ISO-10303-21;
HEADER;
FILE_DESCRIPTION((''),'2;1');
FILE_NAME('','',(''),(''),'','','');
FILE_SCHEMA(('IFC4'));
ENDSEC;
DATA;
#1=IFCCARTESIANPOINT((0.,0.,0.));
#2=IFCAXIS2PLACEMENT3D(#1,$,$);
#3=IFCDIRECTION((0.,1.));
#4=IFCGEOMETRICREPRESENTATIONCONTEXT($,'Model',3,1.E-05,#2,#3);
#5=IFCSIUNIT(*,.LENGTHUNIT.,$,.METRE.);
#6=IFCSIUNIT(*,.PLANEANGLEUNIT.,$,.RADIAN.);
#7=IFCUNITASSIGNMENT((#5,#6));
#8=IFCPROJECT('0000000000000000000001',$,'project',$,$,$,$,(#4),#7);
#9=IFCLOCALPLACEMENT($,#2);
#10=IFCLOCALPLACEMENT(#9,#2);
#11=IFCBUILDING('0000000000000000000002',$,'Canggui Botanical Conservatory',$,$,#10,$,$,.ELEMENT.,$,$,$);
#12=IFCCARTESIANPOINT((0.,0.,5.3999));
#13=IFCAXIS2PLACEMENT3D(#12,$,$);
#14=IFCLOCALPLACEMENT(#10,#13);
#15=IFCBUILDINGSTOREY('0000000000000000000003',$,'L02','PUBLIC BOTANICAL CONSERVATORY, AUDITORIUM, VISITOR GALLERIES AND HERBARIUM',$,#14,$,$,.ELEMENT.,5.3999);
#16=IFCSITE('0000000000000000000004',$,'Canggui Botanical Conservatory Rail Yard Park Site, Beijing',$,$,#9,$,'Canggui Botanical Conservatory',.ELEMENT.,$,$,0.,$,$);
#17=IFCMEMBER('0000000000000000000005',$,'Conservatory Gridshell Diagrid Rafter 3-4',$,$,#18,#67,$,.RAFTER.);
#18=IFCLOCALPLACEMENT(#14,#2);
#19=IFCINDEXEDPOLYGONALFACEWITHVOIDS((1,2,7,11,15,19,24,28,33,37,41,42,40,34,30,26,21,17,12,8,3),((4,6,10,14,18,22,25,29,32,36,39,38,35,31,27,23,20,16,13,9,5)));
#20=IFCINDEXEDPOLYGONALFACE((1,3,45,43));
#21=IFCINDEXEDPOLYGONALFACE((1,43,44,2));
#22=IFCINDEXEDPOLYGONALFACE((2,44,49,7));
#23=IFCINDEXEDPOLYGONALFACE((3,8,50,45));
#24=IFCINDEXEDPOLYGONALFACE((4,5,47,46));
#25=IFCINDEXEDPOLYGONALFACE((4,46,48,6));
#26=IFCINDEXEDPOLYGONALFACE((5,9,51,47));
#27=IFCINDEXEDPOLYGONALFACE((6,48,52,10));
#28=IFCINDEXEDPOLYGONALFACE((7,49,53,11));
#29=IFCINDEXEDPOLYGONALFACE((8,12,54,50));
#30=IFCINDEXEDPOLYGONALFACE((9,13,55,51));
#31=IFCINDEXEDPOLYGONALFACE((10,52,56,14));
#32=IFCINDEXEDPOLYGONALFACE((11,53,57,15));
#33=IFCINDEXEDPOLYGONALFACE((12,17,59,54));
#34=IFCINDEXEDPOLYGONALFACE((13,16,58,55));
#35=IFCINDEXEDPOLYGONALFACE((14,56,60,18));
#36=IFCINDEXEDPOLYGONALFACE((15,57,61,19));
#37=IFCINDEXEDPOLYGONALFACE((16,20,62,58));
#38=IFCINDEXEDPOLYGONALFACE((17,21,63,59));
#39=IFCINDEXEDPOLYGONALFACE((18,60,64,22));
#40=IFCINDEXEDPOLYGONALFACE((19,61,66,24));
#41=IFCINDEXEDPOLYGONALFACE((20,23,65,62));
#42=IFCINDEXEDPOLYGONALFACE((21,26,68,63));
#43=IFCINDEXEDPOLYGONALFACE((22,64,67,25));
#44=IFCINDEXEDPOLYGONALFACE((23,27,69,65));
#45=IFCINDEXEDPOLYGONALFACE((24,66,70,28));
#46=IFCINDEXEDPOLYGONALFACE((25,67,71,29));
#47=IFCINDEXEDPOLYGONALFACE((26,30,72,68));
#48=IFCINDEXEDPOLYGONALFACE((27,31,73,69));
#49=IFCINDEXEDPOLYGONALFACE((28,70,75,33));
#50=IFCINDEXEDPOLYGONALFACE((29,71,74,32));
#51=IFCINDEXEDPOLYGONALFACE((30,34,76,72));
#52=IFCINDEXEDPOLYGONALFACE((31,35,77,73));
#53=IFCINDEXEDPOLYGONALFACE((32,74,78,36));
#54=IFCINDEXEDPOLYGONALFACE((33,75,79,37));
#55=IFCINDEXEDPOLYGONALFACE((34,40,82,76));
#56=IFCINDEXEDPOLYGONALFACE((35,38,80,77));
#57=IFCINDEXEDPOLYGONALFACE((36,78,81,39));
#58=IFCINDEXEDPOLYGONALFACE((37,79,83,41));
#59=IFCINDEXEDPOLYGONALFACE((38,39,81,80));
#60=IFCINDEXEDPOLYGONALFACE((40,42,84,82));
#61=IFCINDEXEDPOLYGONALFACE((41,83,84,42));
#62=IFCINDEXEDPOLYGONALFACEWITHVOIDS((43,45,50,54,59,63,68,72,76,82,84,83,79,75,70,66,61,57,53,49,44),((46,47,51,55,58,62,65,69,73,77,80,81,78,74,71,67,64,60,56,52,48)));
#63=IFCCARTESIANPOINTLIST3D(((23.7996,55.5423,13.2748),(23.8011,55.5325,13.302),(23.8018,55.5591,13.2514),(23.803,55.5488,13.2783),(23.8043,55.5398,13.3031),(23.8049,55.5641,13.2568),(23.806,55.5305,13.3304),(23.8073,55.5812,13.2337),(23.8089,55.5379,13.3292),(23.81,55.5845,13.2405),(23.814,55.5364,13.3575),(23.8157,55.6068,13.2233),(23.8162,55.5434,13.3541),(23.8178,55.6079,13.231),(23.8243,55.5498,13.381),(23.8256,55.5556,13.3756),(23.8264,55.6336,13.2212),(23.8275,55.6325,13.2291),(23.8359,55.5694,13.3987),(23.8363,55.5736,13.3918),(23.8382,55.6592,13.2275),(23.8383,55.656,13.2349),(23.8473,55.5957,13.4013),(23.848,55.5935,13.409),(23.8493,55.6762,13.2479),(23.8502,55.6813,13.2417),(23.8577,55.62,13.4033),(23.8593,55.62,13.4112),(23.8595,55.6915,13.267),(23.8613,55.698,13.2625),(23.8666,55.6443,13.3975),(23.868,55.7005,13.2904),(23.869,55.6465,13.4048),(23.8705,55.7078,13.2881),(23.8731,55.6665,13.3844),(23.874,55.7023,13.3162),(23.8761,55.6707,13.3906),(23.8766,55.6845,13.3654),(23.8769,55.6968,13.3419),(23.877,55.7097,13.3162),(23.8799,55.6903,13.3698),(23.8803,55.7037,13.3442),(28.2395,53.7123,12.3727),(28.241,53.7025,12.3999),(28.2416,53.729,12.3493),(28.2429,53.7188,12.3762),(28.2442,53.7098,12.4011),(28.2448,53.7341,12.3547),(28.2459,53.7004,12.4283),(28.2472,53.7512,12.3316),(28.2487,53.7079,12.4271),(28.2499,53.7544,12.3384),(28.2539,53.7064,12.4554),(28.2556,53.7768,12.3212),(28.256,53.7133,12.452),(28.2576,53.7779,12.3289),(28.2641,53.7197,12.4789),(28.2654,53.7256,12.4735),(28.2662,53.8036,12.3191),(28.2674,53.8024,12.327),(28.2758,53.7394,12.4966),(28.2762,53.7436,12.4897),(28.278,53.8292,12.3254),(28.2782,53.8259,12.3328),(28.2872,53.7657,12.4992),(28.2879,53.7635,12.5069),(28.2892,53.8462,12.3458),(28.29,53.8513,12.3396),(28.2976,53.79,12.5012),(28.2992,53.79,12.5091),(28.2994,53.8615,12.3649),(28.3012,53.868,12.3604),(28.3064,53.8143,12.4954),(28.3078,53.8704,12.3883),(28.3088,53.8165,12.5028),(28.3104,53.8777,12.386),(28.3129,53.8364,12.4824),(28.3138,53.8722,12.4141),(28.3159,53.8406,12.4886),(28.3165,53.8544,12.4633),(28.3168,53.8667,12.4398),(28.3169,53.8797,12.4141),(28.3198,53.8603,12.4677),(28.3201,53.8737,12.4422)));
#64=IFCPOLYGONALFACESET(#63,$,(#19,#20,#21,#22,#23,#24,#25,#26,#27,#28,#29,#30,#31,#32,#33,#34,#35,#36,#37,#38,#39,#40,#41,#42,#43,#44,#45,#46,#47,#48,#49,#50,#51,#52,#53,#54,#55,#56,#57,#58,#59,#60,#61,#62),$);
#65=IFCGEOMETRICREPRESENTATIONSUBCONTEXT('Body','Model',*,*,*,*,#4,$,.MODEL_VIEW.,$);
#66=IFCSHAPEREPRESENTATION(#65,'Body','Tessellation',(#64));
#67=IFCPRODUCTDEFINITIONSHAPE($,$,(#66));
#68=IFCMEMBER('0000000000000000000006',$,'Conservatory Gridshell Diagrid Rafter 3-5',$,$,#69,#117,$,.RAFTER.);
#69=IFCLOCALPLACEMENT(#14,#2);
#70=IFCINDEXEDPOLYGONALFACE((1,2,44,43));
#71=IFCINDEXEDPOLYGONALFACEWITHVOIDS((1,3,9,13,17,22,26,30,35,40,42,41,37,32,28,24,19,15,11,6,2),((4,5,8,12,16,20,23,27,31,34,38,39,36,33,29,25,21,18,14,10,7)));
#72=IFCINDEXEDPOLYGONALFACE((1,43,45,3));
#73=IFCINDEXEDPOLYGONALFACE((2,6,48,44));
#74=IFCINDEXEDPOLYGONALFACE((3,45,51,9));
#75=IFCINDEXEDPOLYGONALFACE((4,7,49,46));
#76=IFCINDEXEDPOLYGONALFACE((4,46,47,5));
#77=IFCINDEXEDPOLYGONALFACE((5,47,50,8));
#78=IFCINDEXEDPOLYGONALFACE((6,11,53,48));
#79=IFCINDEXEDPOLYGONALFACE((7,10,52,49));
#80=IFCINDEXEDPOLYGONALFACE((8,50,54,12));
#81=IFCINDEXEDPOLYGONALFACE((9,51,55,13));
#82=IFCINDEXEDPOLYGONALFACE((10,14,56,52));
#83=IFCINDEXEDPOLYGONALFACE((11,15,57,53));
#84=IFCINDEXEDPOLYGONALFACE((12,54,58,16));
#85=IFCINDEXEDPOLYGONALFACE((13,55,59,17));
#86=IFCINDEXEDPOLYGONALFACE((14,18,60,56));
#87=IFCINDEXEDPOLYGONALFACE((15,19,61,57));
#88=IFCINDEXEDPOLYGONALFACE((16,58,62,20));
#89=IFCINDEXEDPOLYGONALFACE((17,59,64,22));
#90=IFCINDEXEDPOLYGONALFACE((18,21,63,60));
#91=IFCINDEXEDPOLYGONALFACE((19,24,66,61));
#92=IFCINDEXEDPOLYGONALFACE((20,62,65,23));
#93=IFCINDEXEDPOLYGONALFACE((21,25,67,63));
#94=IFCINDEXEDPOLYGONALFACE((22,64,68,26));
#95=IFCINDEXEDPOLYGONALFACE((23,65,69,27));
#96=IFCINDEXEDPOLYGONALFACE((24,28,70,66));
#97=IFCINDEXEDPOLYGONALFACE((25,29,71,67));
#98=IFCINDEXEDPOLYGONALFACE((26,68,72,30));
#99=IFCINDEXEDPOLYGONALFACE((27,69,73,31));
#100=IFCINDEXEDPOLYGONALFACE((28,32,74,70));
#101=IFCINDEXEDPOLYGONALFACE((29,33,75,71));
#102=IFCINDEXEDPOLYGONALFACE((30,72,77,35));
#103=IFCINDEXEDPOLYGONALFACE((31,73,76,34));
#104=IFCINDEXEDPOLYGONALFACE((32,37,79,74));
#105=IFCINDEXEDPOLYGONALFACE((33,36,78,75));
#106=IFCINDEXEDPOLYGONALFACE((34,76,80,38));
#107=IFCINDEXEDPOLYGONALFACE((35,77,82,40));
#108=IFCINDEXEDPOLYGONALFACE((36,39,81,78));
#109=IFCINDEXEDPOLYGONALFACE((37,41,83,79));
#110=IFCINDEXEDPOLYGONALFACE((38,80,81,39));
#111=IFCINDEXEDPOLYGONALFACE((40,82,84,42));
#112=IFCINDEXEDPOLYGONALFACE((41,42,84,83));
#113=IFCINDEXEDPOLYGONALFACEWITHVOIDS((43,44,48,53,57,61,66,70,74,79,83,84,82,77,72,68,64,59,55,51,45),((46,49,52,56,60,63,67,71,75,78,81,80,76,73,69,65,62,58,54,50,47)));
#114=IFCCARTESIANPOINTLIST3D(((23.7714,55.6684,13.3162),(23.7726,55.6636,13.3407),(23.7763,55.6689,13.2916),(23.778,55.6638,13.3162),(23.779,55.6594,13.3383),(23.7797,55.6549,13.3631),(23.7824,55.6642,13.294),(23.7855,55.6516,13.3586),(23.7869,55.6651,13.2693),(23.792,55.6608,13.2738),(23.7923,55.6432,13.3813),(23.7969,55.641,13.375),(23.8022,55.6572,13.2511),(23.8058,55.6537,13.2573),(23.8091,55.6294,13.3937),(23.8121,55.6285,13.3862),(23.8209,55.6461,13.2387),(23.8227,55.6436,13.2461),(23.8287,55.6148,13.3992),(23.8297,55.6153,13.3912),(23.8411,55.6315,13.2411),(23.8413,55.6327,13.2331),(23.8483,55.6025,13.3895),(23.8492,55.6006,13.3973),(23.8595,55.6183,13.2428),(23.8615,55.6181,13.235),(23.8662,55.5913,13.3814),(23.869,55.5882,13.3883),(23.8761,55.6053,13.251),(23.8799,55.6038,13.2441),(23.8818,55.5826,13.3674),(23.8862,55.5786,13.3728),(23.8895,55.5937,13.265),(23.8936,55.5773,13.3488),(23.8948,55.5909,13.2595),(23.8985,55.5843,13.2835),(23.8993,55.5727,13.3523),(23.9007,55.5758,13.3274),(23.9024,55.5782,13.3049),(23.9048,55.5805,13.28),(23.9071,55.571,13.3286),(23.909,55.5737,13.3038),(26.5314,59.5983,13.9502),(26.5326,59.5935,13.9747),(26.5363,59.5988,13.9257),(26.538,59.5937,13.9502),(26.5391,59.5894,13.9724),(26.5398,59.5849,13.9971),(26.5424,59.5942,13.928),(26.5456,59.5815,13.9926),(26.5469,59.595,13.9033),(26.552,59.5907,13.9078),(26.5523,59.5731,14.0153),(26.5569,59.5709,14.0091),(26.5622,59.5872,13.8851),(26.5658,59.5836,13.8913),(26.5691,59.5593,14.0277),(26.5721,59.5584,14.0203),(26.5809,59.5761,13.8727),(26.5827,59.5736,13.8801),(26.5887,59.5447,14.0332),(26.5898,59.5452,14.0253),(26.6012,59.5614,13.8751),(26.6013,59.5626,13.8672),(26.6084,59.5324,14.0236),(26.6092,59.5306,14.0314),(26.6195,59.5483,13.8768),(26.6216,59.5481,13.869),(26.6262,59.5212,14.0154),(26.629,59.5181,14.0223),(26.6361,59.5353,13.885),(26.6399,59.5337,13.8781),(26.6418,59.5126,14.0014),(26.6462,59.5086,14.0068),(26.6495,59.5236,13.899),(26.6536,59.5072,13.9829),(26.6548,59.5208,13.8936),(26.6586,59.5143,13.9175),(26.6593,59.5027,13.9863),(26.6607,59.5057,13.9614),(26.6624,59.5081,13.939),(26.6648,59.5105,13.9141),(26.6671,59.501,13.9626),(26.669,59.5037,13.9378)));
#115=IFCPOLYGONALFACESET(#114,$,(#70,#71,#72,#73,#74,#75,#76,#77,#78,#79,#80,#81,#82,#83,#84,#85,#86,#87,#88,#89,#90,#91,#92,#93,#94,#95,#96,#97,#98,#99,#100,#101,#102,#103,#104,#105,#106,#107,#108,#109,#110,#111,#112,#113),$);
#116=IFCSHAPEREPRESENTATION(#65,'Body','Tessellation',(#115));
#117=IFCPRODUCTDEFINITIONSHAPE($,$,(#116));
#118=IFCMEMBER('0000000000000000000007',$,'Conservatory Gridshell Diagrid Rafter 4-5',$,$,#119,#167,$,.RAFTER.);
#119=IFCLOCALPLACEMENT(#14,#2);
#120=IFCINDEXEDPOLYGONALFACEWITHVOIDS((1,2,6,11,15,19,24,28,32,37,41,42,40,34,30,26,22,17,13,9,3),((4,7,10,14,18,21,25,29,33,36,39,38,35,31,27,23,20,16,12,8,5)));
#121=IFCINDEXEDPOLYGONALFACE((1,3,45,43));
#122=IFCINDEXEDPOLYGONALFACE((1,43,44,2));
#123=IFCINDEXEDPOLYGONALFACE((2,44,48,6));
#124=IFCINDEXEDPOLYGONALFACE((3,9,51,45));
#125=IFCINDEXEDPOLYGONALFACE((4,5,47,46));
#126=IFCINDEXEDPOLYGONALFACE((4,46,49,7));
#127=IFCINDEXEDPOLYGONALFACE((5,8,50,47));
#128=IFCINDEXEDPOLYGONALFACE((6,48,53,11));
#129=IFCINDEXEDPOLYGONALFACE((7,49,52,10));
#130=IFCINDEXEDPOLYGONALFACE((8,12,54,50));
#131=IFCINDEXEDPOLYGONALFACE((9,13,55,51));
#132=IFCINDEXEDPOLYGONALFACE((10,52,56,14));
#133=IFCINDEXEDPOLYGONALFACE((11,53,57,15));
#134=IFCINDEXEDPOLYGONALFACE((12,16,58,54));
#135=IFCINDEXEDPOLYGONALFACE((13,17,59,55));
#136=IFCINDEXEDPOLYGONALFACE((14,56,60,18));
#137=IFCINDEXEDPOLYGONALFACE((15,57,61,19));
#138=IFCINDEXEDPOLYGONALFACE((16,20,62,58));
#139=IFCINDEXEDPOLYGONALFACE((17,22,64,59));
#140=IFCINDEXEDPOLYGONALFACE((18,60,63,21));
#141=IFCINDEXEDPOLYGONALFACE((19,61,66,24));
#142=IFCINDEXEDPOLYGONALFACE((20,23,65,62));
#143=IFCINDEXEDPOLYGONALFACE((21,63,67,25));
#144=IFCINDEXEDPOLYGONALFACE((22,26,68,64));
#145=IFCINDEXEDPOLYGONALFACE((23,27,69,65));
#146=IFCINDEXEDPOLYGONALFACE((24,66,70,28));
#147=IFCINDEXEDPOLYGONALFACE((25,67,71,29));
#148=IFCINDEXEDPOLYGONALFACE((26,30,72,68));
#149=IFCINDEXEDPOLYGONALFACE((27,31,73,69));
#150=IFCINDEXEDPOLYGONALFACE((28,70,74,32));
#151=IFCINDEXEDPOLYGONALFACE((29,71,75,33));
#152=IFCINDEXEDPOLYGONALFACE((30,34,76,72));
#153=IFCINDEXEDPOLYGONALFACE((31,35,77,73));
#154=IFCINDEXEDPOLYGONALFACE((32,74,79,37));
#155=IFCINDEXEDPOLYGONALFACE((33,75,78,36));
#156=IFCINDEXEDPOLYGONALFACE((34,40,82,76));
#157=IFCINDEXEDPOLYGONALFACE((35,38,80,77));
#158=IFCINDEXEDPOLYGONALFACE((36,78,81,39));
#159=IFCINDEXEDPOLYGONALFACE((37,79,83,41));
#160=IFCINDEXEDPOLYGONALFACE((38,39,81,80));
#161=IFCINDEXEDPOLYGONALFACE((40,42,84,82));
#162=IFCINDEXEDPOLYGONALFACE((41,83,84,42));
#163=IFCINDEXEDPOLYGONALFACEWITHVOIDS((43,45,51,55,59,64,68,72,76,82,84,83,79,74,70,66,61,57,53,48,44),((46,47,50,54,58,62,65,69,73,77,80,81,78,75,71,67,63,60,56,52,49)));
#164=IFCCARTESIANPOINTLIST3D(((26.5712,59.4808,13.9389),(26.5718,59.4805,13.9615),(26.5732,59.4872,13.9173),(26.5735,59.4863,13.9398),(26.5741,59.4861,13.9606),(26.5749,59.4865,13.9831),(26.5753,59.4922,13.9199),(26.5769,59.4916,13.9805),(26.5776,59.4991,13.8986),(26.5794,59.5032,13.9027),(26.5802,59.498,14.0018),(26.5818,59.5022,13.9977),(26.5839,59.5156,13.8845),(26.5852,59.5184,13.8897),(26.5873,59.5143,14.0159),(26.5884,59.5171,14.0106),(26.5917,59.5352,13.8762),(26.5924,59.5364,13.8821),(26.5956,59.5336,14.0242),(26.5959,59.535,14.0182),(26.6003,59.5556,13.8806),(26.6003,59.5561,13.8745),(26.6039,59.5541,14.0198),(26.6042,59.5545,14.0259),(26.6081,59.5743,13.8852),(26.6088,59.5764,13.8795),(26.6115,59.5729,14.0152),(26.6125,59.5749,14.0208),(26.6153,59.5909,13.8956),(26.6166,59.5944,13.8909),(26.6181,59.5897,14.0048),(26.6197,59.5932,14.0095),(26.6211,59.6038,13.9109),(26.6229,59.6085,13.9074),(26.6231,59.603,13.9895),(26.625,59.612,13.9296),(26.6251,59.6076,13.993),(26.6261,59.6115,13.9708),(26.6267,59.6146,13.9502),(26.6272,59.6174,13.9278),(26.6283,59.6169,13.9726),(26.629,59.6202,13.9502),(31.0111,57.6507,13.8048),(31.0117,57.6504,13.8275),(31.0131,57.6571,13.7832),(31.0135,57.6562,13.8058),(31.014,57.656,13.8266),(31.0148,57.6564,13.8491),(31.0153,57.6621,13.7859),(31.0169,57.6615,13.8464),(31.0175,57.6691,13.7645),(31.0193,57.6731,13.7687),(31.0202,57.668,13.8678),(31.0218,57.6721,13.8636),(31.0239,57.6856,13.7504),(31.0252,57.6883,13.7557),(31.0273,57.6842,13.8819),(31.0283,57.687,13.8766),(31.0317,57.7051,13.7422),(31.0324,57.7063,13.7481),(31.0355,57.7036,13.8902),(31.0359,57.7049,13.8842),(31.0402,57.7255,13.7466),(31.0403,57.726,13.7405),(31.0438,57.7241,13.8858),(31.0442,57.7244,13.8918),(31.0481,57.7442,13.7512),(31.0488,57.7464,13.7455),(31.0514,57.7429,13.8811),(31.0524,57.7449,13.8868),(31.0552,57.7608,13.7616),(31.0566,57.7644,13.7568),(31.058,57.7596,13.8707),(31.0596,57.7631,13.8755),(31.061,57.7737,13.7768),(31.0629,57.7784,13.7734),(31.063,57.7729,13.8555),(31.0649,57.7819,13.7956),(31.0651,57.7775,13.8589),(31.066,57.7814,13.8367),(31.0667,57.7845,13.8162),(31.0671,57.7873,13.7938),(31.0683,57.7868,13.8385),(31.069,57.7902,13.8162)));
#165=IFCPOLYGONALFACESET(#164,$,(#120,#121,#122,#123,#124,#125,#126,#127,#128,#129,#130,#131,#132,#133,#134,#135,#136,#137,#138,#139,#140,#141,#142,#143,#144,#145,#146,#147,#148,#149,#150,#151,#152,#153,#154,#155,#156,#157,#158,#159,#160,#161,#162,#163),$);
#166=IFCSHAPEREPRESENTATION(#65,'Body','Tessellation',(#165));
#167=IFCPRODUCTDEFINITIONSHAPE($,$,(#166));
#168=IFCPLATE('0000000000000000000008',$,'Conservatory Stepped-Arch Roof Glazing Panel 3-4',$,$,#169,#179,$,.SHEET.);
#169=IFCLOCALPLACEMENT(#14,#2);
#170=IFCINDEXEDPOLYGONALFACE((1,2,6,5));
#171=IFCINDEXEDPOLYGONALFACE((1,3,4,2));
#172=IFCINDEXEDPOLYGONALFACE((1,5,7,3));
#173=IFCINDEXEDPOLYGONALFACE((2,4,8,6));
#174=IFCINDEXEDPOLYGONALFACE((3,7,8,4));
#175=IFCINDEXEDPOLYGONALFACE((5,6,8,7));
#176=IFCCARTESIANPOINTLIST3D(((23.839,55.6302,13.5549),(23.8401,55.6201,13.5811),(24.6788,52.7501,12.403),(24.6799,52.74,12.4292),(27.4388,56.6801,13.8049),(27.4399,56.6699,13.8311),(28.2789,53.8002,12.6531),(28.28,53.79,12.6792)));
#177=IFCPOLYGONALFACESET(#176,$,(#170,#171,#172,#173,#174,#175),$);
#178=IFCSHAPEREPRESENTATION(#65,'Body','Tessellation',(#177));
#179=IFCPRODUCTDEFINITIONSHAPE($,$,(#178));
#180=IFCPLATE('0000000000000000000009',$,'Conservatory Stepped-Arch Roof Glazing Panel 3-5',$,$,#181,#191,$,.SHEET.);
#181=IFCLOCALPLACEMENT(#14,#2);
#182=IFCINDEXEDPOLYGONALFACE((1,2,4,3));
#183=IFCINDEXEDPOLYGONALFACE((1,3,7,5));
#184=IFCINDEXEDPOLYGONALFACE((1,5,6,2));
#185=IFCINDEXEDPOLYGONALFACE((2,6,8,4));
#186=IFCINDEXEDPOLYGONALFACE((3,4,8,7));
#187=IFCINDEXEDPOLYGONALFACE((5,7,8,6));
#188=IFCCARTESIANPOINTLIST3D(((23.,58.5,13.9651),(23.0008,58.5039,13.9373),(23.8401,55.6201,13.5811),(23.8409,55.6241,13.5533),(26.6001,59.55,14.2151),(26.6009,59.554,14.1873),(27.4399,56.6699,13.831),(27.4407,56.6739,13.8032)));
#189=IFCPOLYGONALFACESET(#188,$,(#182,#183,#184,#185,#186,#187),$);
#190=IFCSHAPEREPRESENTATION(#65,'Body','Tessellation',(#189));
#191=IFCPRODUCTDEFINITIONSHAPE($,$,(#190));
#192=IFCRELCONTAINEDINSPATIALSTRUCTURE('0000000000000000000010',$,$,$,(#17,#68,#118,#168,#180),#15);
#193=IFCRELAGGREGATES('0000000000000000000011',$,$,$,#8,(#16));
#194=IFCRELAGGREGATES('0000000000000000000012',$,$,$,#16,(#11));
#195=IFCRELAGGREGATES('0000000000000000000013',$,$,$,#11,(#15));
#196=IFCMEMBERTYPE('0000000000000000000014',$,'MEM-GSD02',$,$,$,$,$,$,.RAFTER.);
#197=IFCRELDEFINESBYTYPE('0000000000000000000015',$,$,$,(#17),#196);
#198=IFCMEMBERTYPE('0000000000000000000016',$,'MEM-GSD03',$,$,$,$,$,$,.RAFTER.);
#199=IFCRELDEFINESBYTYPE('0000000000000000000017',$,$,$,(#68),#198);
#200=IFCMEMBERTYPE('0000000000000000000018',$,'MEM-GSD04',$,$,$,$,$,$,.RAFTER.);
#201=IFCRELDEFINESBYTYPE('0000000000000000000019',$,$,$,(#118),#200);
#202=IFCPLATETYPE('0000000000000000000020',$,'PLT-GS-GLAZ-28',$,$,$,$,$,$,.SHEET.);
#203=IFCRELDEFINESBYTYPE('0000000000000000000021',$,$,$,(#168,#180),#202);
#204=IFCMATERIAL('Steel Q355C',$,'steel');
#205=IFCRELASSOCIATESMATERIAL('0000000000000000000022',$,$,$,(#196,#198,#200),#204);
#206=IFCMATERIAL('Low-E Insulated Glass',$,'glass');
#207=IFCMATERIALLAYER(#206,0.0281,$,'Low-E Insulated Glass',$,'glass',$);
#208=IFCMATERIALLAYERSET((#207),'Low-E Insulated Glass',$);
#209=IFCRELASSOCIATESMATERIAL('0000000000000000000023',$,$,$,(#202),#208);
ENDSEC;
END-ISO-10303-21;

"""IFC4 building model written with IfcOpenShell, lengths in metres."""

from ifc_helpers import new_model, si_unit, direction, frame, origin, origin_2d, place, context, subcontext, project, spatial, polyline, hollow_circle, outline, extrude, material, layer, layer_set, material_profile, profile_set, type_object, element, save


model = new_model("IFC4")

# Units and contexts
model_context = context("Model", 3, precision=1e-05, world=origin(), true_north=direction((0.0, 1.0)))
body_context = subcontext(model_context, "Body", "Model", "MODEL_VIEW")
ifc_project = project(units=[si_unit("LENGTHUNIT", "METRE"), si_unit("PLANEANGLEUNIT", "RADIAN")], contexts=[model_context])

# Site, building, storey
site_placement = place(None, origin())
site = spatial("IfcSite", under=ifc_project, at=site_placement, Name="Canggui Botanical Conservatory Rail Yard Park Site, Beijing", LongName="Canggui Botanical Conservatory", CompositionType="ELEMENT", RefElevation=0.0)
building_placement = place(site_placement, origin())
building = spatial("IfcBuilding", under=site, at=building_placement, Name="Canggui Botanical Conservatory", CompositionType="ELEMENT")
storey_placement = place(building_placement, frame((0.0, 0.0, 5.3999)))
storey = spatial("IfcBuildingStorey", under=building, at=storey_placement, Name="L02", Description="PUBLIC BOTANICAL CONSERVATORY, AUDITORIUM, VISITOR GALLERIES AND HERBARIUM", CompositionType="ELEMENT", Elevation=5.3999)

# Shared definitions
ifc_material_1 = material(Name="Steel Q355C", Category="steel")

# Members
ifc_material_profile_1 = material_profile(ifc_material_1, hollow_circle(Radius=0.0969, WallThickness=0.0081, at=origin_2d()), Name="CHS 194x8")
ifc_profile_set_1 = profile_set([ifc_material_profile_1], Name="Steel Q355C")
member_type_1 = type_object("IfcMemberType", Name="MEM-GSD02", PredefinedType="RAFTER", material=ifc_profile_set_1)
member_1_placement = place(storey_placement, frame((23.8401, 55.6201, 13.3162), z_axis=(0.908649, -0.374532, -0.184618), x_axis=(0.381082, 0.924541, 0.0)))
element("IfcMember", 1, at=member_1_placement, inside=storey, type_object=member_type_1, Name="Conservatory Gridshell Diagrid Rafter 3-4", PredefinedType="RAFTER", context=body_context, shape_type="SweptSolid", body=[
    extrude(hollow_circle(Radius=0.0969, WallThickness=0.0081, at=origin_2d()), origin(), (0.0, 0.0, 1.0), 4.8862),
])
ifc_material_profile_2 = material_profile(ifc_material_1, hollow_circle(Radius=0.084, WallThickness=0.0081, at=origin_2d()), Name="CHS 168x8")
ifc_profile_set_2 = profile_set([ifc_material_profile_2], Name="Steel Q355C")
member_type_2 = type_object("IfcMemberType", Name="MEM-GSD03", PredefinedType="RAFTER", material=ifc_profile_set_2)
member_2_placement = place(storey_placement, frame((23.8401, 55.6201, 13.3162), z_axis=(0.569783, 0.811304, 0.130891), x_axis=(-0.818345, 0.574728, 0.0)))
element("IfcMember", 2, at=member_2_placement, inside=storey, type_object=member_type_2, Name="Conservatory Gridshell Diagrid Rafter 3-5", PredefinedType="RAFTER", context=body_context, shape_type="SweptSolid", body=[
    extrude(hollow_circle(Radius=0.084, WallThickness=0.0081, at=origin_2d()), origin(), (0.0, 0.0, 1.0), 4.844),
])
ifc_material_profile_3 = material_profile(ifc_material_1, hollow_circle(Radius=0.0759, WallThickness=0.0061, at=origin_2d()), Name="CHS 152x6")
ifc_profile_set_3 = profile_set([ifc_material_profile_3], Name="Steel Q355C")
member_type_3 = type_object("IfcMemberType", Name="MEM-GSD04", PredefinedType="RAFTER", material=ifc_profile_set_3)
member_3_placement = place(storey_placement, frame((26.6001, 59.55, 13.9502), z_axis=(0.924181, -0.380934, -0.027899), x_axis=(0.381082, 0.924541, 0.0)))
element("IfcMember", 3, at=member_3_placement, inside=storey, type_object=member_type_3, Name="Conservatory Gridshell Diagrid Rafter 4-5", PredefinedType="RAFTER", context=body_context, shape_type="SweptSolid", body=[
    extrude(hollow_circle(Radius=0.0759, WallThickness=0.0061, at=origin_2d()), origin(), (0.0, 0.0, 1.0), 4.8042),
])

# Plates
ifc_material_2 = material(Name="Low-E Insulated Glass", Category="glass")
ifc_layer = layer(ifc_material_2, 0.0281, Name="Low-E Insulated Glass", Category="glass")
ifc_layer_set = layer_set([ifc_layer], Name="Low-E Insulated Glass")
plate_type = type_object("IfcPlateType", Name="PLT-GS-GLAZ-28", PredefinedType="SHEET", material=ifc_layer_set)
plate_1_placement = place(storey_placement, frame((24.6799, 52.74, 12.4292), z_axis=(0.040531, -0.360832, 0.93175), x_axis=(0.957873, 0.279381, 0.066527)))
element("IfcPlate", 4, at=plate_1_placement, inside=storey, type_object=plate_type, Name="Conservatory Stepped-Arch Roof Glazing Panel 3-4", PredefinedType="SHEET", context=body_context, shape_type="SweptSolid", body=[
    extrude(outline(polyline([(0.0, 0.0), (3.7584, 0.0), (3.8349, 3.2125), (0.0768, 3.2127), (0.0, 0.0)])), origin(), (0.0, 0.0, -1.0), 0.0281),
])
plate_2_placement = place(storey_placement, frame((23.8401, 55.6201, 13.5811), z_axis=(-0.027871, -0.140106, 0.989744), x_axis=(0.957885, 0.279343, 0.066517)))
element("IfcPlate", 5, at=plate_2_placement, inside=storey, type_object=plate_type, Name="Conservatory Stepped-Arch Roof Glazing Panel 3-5", PredefinedType="SHEET", context=body_context, shape_type="SweptSolid", body=[
    extrude(outline(polyline([(0.0, 0.0), (3.7581, 0.0), (3.7837, 3.0244), (0.0253, 3.0243), (0.0, 0.0)])), origin(), (0.0, 0.0, -1.0), 0.0281),
])

save(model, "model.ifc")
